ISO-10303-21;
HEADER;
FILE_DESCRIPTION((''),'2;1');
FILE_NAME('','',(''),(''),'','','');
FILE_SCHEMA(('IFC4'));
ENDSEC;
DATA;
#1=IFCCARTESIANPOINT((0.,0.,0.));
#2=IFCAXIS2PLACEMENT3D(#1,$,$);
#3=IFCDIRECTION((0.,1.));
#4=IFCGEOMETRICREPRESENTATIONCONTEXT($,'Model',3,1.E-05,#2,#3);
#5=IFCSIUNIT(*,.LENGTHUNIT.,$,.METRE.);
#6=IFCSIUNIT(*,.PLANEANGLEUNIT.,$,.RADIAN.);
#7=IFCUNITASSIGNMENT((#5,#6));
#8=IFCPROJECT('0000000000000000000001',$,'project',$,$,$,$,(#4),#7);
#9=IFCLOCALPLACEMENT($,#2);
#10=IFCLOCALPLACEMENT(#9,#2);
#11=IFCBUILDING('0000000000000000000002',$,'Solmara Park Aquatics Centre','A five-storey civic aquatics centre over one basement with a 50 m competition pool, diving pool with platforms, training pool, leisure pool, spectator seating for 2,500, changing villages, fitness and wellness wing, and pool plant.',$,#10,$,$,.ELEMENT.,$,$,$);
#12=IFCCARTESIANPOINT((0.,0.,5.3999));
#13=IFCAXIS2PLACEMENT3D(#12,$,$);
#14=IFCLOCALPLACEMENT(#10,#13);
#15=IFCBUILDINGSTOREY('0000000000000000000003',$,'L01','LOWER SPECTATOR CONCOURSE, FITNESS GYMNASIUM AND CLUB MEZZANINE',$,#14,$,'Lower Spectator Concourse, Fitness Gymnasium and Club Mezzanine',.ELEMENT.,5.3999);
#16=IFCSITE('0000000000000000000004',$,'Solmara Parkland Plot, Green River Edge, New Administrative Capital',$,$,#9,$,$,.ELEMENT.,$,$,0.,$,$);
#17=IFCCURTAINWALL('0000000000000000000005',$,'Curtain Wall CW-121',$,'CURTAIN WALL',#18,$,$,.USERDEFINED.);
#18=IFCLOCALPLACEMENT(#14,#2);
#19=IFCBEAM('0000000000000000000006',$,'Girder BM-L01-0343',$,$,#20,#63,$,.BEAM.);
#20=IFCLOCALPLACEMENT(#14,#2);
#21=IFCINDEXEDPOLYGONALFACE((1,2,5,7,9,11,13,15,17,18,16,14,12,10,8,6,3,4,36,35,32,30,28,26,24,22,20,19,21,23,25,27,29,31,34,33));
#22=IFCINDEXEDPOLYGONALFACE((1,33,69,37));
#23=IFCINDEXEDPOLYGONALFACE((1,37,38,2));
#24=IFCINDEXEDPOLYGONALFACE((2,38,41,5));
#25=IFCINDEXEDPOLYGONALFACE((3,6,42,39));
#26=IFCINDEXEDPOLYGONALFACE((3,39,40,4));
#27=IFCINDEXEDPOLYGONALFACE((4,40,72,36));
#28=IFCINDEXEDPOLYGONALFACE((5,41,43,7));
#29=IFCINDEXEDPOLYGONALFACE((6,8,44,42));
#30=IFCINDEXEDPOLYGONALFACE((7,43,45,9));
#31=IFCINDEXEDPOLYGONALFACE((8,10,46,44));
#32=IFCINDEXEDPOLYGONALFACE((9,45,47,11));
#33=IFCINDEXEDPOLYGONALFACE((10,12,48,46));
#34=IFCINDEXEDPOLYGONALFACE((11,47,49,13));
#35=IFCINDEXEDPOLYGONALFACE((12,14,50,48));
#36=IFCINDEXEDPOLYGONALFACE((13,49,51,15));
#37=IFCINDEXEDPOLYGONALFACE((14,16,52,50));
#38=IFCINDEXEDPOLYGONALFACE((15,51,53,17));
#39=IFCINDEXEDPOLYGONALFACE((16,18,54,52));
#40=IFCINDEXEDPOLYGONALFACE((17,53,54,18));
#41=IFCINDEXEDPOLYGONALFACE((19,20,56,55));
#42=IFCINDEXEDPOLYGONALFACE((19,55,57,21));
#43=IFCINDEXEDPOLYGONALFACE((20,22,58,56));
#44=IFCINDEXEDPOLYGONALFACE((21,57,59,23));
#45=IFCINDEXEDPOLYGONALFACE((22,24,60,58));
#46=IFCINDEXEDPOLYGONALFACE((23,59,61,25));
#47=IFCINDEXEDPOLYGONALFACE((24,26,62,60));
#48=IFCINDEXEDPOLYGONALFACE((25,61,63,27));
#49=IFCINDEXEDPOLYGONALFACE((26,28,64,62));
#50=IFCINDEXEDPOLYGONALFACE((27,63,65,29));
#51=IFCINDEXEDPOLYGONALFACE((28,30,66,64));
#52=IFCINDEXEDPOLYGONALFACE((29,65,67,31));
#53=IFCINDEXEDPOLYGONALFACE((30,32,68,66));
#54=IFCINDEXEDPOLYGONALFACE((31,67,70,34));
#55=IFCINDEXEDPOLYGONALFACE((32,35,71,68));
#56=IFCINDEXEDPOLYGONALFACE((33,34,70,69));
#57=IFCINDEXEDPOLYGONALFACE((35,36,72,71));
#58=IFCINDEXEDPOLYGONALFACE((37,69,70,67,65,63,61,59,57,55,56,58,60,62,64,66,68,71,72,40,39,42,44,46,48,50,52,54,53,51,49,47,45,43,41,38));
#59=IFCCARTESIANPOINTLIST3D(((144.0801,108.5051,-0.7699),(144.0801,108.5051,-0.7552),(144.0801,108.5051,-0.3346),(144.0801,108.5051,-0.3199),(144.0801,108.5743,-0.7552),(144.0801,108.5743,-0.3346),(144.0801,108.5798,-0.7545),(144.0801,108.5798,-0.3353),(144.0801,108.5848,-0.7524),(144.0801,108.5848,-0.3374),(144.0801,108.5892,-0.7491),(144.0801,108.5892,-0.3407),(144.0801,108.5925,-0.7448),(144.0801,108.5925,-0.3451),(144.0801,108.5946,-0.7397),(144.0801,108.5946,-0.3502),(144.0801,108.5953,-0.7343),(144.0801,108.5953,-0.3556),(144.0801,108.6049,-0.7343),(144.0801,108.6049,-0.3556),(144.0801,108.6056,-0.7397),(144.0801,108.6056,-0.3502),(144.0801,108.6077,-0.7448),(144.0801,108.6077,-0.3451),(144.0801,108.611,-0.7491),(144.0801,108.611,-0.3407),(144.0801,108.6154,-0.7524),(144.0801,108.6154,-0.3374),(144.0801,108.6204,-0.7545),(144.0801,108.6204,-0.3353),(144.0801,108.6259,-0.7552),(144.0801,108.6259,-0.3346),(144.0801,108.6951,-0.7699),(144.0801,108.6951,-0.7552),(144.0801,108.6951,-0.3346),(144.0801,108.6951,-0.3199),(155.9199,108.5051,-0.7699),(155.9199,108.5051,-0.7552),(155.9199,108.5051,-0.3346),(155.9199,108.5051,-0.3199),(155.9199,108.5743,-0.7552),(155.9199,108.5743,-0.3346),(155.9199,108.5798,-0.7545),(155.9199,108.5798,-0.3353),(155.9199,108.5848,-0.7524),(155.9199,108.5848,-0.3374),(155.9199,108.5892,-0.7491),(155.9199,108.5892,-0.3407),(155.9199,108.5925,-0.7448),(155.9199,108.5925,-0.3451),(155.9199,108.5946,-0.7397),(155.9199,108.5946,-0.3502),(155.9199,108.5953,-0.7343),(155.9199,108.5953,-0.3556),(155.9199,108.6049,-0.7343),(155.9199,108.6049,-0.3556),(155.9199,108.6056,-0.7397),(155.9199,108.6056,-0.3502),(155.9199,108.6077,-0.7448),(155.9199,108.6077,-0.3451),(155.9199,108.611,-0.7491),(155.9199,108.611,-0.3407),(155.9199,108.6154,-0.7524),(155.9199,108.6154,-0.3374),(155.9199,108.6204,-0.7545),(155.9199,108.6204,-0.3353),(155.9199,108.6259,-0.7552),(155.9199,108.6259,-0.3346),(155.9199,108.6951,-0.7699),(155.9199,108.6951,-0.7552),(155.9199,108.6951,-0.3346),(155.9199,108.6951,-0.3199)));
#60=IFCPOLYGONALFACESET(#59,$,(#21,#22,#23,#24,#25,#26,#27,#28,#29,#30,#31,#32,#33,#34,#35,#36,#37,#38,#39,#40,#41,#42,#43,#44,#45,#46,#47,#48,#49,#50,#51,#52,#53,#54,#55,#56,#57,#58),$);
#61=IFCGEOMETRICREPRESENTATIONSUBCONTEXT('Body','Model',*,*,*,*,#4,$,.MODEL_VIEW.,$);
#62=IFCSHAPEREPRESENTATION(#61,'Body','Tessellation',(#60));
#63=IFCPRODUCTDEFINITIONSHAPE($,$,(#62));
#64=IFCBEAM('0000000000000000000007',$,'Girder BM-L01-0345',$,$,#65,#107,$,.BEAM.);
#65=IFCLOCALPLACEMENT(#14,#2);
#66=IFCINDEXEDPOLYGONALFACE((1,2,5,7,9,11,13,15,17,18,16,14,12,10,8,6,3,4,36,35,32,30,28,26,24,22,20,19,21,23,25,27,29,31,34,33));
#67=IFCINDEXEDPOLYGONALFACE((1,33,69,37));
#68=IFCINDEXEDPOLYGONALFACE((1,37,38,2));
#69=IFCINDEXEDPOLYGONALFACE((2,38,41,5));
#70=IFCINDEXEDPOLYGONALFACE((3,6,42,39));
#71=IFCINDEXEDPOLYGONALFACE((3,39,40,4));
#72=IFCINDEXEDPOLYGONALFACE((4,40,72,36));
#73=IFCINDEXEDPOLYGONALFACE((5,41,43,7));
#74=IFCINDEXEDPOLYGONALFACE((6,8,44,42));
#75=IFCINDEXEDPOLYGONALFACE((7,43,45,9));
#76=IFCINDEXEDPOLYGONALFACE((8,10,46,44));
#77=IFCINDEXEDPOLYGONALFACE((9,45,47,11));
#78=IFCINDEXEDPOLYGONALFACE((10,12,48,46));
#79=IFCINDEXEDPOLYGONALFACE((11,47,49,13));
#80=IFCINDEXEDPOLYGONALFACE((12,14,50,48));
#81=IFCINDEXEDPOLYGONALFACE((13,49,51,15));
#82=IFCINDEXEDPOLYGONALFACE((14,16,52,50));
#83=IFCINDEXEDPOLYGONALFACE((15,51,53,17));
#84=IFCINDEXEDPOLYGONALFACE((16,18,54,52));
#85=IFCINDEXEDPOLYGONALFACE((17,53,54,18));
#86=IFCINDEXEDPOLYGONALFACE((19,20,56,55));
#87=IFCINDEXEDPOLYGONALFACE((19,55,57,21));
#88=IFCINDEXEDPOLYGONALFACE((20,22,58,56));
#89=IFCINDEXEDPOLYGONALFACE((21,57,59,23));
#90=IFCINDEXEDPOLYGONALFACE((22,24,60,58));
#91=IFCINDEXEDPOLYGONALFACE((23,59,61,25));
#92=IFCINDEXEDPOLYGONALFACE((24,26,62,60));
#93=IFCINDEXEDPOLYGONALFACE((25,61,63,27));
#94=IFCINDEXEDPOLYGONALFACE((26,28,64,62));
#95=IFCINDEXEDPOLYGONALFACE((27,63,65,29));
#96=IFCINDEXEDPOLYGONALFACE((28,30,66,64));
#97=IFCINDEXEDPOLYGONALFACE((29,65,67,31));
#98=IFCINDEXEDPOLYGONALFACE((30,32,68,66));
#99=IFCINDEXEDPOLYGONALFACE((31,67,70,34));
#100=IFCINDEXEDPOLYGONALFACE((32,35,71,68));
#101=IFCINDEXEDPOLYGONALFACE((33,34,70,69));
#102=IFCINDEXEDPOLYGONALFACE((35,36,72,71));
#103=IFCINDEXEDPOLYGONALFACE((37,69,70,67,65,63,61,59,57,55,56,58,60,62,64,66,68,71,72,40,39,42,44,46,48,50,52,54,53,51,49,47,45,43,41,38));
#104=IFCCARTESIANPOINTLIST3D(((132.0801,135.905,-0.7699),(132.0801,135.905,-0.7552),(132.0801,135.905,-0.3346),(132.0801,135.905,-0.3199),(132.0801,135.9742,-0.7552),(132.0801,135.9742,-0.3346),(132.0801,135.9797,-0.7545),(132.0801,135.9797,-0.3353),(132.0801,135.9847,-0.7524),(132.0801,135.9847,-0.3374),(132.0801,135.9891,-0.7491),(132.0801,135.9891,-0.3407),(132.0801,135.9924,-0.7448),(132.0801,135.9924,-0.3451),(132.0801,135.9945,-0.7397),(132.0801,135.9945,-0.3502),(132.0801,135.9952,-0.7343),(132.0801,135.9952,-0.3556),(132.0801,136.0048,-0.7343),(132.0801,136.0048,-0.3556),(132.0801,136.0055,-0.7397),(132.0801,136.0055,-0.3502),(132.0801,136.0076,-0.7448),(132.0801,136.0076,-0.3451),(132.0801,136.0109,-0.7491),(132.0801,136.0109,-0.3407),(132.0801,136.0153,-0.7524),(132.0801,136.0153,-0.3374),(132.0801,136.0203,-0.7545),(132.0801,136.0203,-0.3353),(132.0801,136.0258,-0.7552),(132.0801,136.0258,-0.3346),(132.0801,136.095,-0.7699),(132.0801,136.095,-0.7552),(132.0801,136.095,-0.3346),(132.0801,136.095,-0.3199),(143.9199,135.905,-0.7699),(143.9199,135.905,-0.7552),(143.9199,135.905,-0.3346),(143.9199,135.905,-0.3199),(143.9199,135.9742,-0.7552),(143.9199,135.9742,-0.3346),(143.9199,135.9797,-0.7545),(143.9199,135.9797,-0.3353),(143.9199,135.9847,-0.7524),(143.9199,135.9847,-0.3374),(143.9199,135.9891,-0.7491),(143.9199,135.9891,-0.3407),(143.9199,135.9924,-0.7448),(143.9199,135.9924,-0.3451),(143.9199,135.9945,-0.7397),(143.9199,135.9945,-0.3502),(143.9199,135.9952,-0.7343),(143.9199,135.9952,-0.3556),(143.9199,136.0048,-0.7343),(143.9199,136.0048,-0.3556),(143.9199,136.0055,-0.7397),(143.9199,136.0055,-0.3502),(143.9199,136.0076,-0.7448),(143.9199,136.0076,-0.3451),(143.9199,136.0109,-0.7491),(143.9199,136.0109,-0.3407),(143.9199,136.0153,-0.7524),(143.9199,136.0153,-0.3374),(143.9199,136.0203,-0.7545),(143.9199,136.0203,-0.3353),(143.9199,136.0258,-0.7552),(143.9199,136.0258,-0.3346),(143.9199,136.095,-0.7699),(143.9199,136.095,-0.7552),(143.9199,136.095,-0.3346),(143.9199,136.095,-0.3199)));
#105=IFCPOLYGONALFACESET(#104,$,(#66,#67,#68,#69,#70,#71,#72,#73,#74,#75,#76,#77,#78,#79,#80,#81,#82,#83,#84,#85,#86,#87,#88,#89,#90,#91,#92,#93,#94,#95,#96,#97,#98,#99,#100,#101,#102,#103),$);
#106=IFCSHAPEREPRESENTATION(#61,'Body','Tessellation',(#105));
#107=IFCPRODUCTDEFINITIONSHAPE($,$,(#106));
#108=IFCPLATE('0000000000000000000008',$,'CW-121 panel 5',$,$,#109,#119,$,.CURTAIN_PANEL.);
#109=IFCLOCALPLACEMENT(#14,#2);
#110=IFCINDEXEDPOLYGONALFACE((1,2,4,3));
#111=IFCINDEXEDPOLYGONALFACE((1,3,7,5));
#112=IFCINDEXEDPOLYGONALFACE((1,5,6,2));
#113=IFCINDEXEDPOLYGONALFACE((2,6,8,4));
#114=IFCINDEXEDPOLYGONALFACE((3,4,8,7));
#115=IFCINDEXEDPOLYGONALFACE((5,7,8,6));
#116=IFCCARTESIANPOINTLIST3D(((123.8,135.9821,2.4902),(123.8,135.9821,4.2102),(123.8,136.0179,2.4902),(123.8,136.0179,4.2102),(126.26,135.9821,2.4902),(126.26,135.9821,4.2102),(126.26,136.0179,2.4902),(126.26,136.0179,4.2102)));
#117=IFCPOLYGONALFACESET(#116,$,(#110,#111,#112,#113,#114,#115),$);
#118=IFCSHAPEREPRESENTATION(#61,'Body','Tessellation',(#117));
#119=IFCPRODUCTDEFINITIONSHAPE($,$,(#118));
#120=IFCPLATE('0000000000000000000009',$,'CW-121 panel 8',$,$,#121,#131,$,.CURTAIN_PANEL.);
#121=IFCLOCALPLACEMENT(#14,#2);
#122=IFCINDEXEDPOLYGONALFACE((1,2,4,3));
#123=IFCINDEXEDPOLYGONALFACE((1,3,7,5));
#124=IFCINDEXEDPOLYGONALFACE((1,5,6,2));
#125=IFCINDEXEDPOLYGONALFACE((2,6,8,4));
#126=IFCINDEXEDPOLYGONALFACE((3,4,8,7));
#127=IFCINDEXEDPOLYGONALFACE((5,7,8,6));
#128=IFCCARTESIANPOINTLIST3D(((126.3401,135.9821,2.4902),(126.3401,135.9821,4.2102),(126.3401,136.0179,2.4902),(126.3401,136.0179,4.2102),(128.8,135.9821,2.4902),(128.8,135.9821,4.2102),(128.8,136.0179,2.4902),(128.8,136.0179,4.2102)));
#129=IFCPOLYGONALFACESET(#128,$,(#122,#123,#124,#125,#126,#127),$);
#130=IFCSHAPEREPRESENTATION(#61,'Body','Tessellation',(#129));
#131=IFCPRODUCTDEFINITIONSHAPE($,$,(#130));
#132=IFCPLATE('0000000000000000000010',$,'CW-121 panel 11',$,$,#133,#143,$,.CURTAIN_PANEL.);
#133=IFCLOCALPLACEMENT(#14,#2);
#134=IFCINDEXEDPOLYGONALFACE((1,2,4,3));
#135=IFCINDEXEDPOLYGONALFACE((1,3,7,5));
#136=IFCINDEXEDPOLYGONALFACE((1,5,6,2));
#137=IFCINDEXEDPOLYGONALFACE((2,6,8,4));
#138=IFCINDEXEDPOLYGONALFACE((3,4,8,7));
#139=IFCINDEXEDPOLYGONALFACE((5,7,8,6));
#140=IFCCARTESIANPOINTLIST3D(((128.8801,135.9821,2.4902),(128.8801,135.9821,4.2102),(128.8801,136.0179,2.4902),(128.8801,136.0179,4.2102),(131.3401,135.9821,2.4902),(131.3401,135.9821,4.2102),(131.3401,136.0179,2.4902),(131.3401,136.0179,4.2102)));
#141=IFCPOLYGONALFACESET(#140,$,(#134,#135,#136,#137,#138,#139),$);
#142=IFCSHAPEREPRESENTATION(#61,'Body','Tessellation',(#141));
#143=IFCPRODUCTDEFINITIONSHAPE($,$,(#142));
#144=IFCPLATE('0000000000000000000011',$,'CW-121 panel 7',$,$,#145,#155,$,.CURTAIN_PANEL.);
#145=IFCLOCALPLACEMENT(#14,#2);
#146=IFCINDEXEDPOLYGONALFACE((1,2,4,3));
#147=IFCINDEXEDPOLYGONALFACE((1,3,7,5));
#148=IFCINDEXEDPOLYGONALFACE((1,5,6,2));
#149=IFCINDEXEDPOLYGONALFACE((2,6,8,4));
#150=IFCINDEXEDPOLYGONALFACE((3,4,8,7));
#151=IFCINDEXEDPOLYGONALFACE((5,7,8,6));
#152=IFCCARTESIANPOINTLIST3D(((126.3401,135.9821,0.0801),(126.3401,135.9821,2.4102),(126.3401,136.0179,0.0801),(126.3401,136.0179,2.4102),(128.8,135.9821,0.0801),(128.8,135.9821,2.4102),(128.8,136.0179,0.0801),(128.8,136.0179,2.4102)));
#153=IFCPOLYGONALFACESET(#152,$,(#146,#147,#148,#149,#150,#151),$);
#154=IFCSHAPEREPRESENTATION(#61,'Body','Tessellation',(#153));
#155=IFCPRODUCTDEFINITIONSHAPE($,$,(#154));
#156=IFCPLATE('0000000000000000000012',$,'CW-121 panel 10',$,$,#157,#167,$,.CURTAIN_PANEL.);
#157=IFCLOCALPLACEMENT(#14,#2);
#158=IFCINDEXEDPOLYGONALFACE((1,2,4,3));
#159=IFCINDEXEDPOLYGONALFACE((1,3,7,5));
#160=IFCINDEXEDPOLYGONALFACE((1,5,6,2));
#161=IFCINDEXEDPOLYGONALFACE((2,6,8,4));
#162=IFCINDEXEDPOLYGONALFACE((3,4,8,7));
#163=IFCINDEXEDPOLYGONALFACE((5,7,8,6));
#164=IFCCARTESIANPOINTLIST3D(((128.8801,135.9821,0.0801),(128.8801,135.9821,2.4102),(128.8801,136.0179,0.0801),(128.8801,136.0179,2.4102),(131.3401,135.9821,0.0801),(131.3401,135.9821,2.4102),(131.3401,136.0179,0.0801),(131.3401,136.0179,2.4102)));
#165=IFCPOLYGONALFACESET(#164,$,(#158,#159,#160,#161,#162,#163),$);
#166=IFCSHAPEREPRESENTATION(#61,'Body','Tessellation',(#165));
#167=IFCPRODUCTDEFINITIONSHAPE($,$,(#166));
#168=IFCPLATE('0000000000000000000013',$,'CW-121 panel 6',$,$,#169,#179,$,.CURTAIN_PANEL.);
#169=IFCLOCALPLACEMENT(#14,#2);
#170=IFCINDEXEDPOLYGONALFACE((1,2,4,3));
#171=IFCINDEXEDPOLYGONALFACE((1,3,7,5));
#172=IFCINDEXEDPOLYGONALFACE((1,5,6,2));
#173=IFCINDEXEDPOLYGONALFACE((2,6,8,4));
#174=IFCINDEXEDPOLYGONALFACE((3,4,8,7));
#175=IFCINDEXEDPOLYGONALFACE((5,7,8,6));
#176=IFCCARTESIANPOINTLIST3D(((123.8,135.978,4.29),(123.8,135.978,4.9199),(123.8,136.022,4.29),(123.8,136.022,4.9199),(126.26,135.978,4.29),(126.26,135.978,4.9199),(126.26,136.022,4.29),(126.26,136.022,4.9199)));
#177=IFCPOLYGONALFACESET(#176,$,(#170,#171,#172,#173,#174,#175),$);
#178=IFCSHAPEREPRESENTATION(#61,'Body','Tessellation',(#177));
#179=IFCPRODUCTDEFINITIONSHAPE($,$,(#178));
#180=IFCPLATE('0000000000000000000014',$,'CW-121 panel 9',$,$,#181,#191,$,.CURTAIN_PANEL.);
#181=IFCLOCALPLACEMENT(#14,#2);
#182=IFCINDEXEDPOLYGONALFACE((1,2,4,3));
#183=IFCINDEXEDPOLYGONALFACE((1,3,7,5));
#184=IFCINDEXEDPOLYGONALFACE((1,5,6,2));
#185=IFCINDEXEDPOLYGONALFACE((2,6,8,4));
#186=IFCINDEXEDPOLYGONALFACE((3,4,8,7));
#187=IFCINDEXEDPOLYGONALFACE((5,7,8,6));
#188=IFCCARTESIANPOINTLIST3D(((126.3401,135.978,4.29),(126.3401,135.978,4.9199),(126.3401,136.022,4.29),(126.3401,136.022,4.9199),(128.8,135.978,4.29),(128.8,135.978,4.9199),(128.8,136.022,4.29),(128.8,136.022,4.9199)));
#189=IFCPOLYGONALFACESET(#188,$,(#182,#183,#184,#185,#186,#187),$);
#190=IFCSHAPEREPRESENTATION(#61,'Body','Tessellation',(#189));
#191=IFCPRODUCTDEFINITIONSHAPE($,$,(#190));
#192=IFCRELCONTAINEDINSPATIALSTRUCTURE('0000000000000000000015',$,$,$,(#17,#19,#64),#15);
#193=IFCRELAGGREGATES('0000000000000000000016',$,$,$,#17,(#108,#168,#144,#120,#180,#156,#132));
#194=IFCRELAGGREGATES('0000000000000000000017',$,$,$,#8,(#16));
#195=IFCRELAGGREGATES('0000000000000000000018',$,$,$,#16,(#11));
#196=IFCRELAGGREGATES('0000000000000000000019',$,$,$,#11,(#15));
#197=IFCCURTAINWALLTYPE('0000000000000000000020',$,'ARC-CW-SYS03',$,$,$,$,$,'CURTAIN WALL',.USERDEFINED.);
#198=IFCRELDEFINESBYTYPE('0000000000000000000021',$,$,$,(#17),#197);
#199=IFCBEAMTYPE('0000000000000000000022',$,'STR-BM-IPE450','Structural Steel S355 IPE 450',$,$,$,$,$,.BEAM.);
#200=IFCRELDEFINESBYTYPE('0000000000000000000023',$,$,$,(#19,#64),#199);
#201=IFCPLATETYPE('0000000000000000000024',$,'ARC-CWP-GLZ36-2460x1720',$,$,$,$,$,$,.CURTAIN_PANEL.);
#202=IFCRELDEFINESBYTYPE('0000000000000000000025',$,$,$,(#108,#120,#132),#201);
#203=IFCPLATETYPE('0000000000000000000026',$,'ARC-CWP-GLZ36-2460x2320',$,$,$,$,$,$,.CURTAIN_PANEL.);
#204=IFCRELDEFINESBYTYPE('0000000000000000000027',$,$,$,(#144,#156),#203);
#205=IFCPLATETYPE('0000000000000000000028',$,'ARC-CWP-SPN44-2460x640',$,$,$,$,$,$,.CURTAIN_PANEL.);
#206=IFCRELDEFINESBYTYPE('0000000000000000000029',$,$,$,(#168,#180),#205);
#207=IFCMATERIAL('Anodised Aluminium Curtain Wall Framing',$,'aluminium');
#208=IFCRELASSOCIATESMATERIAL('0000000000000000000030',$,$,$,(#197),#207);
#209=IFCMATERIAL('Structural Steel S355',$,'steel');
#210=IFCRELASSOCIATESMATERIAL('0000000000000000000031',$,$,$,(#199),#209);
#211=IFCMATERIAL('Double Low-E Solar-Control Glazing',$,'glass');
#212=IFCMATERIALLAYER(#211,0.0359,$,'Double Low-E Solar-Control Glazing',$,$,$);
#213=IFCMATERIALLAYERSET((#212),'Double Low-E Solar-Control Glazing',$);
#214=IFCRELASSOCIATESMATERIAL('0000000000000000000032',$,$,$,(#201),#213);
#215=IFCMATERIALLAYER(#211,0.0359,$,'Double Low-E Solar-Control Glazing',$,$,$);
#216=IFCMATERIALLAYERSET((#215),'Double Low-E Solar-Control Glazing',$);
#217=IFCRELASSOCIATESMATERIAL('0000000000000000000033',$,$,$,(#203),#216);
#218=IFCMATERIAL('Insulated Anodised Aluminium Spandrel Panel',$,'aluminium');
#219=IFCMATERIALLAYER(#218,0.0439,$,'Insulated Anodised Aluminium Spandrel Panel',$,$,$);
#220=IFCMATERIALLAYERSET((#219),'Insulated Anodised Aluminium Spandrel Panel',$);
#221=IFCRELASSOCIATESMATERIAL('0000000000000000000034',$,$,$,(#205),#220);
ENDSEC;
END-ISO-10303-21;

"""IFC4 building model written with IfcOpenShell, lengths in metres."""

from ifc_helpers import new_model, si_unit, direction, frame, origin, origin_2d, place, context, subcontext, project, spatial, rectangle, i_section, extrude, material, layer, layer_set, material_profile, profile_set, type_object, element, aggregate, save


model = new_model("IFC4")

# Units and contexts
model_context = context("Model", 3, precision=1e-05, world=origin(), true_north=direction((0.0, 1.0)))
body_context = subcontext(model_context, "Body", "Model", "MODEL_VIEW")
ifc_project = project(units=[si_unit("LENGTHUNIT", "METRE"), si_unit("PLANEANGLEUNIT", "RADIAN")], contexts=[model_context])

# Site, building, storey
site_placement = place(None, origin())
site = spatial("IfcSite", under=ifc_project, at=site_placement, Name="Solmara Parkland Plot, Green River Edge, New Administrative Capital", CompositionType="ELEMENT", RefElevation=0.0)
building_placement = place(site_placement, origin())
building = spatial("IfcBuilding", under=site, at=building_placement, Name="Solmara Park Aquatics Centre", Description="A five-storey civic aquatics centre over one basement with a 50 m competition pool, diving pool with platforms, training pool, leisure pool, spectator seating for 2,500, changing villages, fitness and wellness wing, and pool plant.", CompositionType="ELEMENT")
storey_placement = place(building_placement, frame((0.0, 0.0, 5.3999)))
storey = spatial("IfcBuildingStorey", under=building, at=storey_placement, Name="L01", Description="LOWER SPECTATOR CONCOURSE, FITNESS GYMNASIUM AND CLUB MEZZANINE", LongName="Lower Spectator Concourse, Fitness Gymnasium and Club Mezzanine", CompositionType="ELEMENT", Elevation=5.3999)

# Shared definitions
ifc_material_1 = material(Name="Structural Steel S355", Category="steel")

# Curtain wall
ifc_material_2 = material(Name="Anodised Aluminium Curtain Wall Framing", Category="aluminium")
curtain_wall_type = type_object("IfcCurtainWallType", Name="ARC-CW-SYS03", ElementType="CURTAIN WALL", PredefinedType="USERDEFINED", material=ifc_material_2)
curtain_wall_1_placement = place(storey_placement, origin())
curtain_wall_1 = element("IfcCurtainWall", 1, at=curtain_wall_1_placement, inside=storey, type_object=curtain_wall_type, Name="Curtain Wall CW-121", ObjectType="CURTAIN WALL", PredefinedType="USERDEFINED")

# Beams
ifc_material_profile_1 = material_profile(ifc_material_1, i_section(OverallWidth=0.1899, OverallDepth=0.45, WebThickness=0.0095, FlangeThickness=0.0146, FilletRadius=0.021, at=origin_2d()), Name="IPE 450")
ifc_profile_set_1 = profile_set([ifc_material_profile_1], Name="Structural Steel S355")
beam_type_1 = type_object("IfcBeamType", Name="STR-BM-IPE450", Description="Structural Steel S355 IPE 450", PredefinedType="BEAM", material=ifc_profile_set_1)
for number, where, z_axis, x_axis, name in (
    (2, (144.0801, 108.6001, -0.5449), (1.0, 0.0, 0.0), (0.0, 1.0, 0.0), "Girder BM-L01-0343"),
    (3, (132.0801, 136.0, -0.5449), (1.0, 0.0, 0.0), (0.0, 1.0, 0.0), "Girder BM-L01-0345"),
):
    element("IfcBeam", number, at=place(storey_placement, frame(where, z_axis=z_axis, x_axis=x_axis)), inside=storey, type_object=beam_type_1, Name=name, PredefinedType="BEAM", context=body_context, shape_type="SweptSolid", body=[
        extrude(i_section(OverallWidth=0.1899, OverallDepth=0.45, WebThickness=0.0095, FlangeThickness=0.0146, FilletRadius=0.021, at=origin_2d()), origin(), (0.0, 0.0, 1.0), 11.8398),
    ])

# Plates
ifc_material_3 = material(Name="Double Low-E Solar-Control Glazing", Category="glass")
ifc_layer_1 = layer(ifc_material_3, 0.0359, Name="Double Low-E Solar-Control Glazing")
ifc_layer_set_1 = layer_set([ifc_layer_1], Name="Double Low-E Solar-Control Glazing")
plate_type_1 = type_object("IfcPlateType", Name="ARC-CWP-GLZ36-2460x1720", PredefinedType="CURTAIN_PANEL", material=ifc_layer_set_1)
plate_1_placement = place(storey_placement, frame((125.03, 136.0, 2.4902), z_axis=(0.0, 0.0, 1.0), x_axis=(1.0, 0.0, 0.0)))
plate_1 = element("IfcPlate", 4, at=plate_1_placement, type_object=plate_type_1, Name="CW-121 panel 5", PredefinedType="CURTAIN_PANEL", context=body_context, shape_type="SweptSolid", body=[
    extrude(rectangle(XDim=2.46, YDim=0.0359, at=origin_2d()), origin(), (0.0, 0.0, 1.0), 1.72),
])
plate_2_placement = place(storey_placement, frame((127.5701, 136.0, 2.4902), z_axis=(0.0, 0.0, 1.0), x_axis=(1.0, 0.0, 0.0)))
plate_2 = element("IfcPlate", 5, at=plate_2_placement, type_object=plate_type_1, Name="CW-121 panel 8", PredefinedType="CURTAIN_PANEL", context=body_context, shape_type="SweptSolid", body=[
    extrude(rectangle(XDim=2.46, YDim=0.0359, at=origin_2d()), origin(), (0.0, 0.0, 1.0), 1.72),
])
plate_3_placement = place(storey_placement, frame((130.1101, 136.0, 2.4902), z_axis=(0.0, 0.0, 1.0), x_axis=(1.0, 0.0, 0.0)))
plate_3 = element("IfcPlate", 6, at=plate_3_placement, type_object=plate_type_1, Name="CW-121 panel 11", PredefinedType="CURTAIN_PANEL", context=body_context, shape_type="SweptSolid", body=[
    extrude(rectangle(XDim=2.46, YDim=0.0359, at=origin_2d()), origin(), (0.0, 0.0, 1.0), 1.72),
])
ifc_layer_2 = layer(ifc_material_3, 0.0359, Name="Double Low-E Solar-Control Glazing")
ifc_layer_set_2 = layer_set([ifc_layer_2], Name="Double Low-E Solar-Control Glazing")
plate_type_2 = type_object("IfcPlateType", Name="ARC-CWP-GLZ36-2460x2320", PredefinedType="CURTAIN_PANEL", material=ifc_layer_set_2)
plate_4_placement = place(storey_placement, frame((127.5701, 136.0, 0.0801), z_axis=(0.0, 0.0, 1.0), x_axis=(1.0, 0.0, 0.0)))
plate_4 = element("IfcPlate", 7, at=plate_4_placement, type_object=plate_type_2, Name="CW-121 panel 7", PredefinedType="CURTAIN_PANEL", context=body_context, shape_type="SweptSolid", body=[
    extrude(rectangle(XDim=2.46, YDim=0.0359, at=origin_2d()), origin(), (0.0, 0.0, 1.0), 2.3301),
])
plate_5_placement = place(storey_placement, frame((130.1101, 136.0, 0.0801), z_axis=(0.0, 0.0, 1.0), x_axis=(1.0, 0.0, 0.0)))
plate_5 = element("IfcPlate", 8, at=plate_5_placement, type_object=plate_type_2, Name="CW-121 panel 10", PredefinedType="CURTAIN_PANEL", context=body_context, shape_type="SweptSolid", body=[
    extrude(rectangle(XDim=2.46, YDim=0.0359, at=origin_2d()), origin(), (0.0, 0.0, 1.0), 2.3301),
])
ifc_material_4 = material(Name="Insulated Anodised Aluminium Spandrel Panel", Category="aluminium")
ifc_layer_3 = layer(ifc_material_4, 0.0439, Name="Insulated Anodised Aluminium Spandrel Panel")
ifc_layer_set_3 = layer_set([ifc_layer_3], Name="Insulated Anodised Aluminium Spandrel Panel")
plate_type_3 = type_object("IfcPlateType", Name="ARC-CWP-SPN44-2460x640", PredefinedType="CURTAIN_PANEL", material=ifc_layer_set_3)
plate_6_placement = place(storey_placement, frame((125.03, 136.0, 4.29), z_axis=(0.0, 0.0, 1.0), x_axis=(1.0, 0.0, 0.0)))
plate_6 = element("IfcPlate", 9, at=plate_6_placement, type_object=plate_type_3, Name="CW-121 panel 6", PredefinedType="CURTAIN_PANEL", context=body_context, shape_type="SweptSolid", body=[
    extrude(rectangle(XDim=2.46, YDim=0.0439, at=origin_2d()), origin(), (0.0, 0.0, 1.0), 0.6299),
])
plate_7_placement = place(storey_placement, frame((127.5701, 136.0, 4.29), z_axis=(0.0, 0.0, 1.0), x_axis=(1.0, 0.0, 0.0)))
plate_7 = element("IfcPlate", 10, at=plate_7_placement, type_object=plate_type_3, Name="CW-121 panel 9", PredefinedType="CURTAIN_PANEL", context=body_context, shape_type="SweptSolid", body=[
    extrude(rectangle(XDim=2.46, YDim=0.0439, at=origin_2d()), origin(), (0.0, 0.0, 1.0), 0.6299),
])
aggregate(curtain_wall_1, [plate_1, plate_6, plate_4, plate_2, plate_7, plate_5, plate_3])

save(model, "model.ifc")
